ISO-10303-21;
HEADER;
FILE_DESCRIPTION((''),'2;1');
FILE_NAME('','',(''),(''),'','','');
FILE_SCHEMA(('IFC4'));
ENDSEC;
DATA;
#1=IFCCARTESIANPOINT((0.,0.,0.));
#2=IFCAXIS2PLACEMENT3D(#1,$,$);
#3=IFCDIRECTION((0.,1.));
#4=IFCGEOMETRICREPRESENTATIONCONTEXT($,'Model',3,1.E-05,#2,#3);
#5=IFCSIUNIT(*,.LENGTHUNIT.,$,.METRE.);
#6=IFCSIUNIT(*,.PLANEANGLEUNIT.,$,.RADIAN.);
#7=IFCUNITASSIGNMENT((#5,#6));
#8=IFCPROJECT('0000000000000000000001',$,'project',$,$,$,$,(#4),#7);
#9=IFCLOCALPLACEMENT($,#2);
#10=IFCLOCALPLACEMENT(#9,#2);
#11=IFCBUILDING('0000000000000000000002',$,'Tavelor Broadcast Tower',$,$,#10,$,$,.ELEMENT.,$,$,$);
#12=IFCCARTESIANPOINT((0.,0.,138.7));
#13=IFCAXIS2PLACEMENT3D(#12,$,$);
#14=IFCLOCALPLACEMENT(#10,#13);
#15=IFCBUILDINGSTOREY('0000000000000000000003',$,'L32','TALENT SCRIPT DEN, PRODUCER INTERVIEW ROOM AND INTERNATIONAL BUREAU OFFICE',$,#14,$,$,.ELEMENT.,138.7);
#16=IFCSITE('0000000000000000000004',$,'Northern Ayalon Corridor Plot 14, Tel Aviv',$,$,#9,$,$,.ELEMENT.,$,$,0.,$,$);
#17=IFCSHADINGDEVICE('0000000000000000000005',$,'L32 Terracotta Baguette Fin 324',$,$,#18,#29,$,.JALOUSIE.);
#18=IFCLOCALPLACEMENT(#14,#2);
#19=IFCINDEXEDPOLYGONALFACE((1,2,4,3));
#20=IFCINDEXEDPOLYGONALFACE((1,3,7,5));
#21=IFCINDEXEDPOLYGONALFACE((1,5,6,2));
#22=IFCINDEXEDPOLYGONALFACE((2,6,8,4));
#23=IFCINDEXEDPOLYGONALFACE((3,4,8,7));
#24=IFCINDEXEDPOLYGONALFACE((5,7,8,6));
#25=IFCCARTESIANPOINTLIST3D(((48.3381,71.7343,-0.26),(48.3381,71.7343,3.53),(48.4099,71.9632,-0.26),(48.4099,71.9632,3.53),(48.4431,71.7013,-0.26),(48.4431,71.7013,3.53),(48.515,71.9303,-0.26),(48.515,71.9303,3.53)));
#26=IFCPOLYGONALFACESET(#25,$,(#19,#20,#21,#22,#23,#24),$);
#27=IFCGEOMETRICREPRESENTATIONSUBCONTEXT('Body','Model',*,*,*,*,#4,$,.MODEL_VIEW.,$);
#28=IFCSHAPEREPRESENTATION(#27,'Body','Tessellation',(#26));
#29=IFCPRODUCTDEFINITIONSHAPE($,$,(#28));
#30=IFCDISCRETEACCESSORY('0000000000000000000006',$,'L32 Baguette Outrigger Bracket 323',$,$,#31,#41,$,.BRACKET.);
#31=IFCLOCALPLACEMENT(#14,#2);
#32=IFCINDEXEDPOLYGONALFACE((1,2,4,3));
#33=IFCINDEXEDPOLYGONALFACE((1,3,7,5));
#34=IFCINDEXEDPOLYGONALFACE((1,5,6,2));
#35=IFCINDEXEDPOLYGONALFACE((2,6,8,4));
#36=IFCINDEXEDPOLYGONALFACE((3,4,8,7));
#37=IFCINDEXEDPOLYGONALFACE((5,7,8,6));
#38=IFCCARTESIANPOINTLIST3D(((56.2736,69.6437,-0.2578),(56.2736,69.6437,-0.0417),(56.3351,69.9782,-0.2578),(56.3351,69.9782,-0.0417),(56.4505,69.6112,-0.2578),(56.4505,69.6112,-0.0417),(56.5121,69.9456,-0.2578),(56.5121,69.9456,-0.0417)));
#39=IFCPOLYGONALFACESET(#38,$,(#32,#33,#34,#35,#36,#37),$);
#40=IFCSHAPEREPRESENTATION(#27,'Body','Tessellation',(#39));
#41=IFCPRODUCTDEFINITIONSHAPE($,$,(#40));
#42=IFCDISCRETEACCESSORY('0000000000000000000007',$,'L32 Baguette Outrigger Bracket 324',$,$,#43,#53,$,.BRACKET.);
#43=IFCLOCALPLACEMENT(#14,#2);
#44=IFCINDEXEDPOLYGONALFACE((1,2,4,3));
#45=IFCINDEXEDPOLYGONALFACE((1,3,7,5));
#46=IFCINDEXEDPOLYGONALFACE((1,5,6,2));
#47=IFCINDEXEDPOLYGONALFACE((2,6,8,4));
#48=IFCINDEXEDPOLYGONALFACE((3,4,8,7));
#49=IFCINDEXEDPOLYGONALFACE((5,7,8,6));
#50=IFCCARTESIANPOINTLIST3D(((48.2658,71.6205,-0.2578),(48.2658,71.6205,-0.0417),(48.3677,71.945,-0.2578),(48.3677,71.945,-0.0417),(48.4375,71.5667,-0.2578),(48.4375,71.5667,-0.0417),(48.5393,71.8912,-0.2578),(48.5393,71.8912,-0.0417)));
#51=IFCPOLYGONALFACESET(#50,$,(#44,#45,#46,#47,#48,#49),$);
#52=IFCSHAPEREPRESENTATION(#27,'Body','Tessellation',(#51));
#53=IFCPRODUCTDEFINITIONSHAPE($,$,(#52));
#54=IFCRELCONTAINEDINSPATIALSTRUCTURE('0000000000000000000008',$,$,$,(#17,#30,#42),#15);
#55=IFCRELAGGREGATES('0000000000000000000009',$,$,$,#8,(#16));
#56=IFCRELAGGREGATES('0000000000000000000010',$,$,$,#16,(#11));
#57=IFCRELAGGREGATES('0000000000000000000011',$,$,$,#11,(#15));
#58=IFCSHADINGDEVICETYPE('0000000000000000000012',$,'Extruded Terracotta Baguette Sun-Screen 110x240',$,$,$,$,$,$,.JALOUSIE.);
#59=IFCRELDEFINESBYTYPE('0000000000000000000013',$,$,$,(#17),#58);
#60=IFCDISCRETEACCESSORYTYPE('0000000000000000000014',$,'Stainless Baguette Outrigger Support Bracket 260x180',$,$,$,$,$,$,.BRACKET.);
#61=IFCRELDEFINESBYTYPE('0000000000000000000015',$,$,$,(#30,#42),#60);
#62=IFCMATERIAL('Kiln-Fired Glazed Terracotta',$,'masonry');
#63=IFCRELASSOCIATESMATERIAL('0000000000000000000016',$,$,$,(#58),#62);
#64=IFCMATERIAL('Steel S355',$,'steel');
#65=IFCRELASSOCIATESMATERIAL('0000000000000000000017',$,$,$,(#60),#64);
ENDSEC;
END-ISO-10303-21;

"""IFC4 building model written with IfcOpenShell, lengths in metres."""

from ifc_helpers import new_model, si_unit, direction, frame, origin, origin_2d, place, context, subcontext, project, spatial, rectangle, extrude, source, transform, mapped, material, type_object, type_shapes, element, save


model = new_model("IFC4")

# Units and contexts
model_context = context("Model", 3, precision=1e-05, world=origin(), true_north=direction((0.0, 1.0)))
body_context = subcontext(model_context, "Body", "Model", "MODEL_VIEW")
ifc_project = project(units=[si_unit("LENGTHUNIT", "METRE"), si_unit("PLANEANGLEUNIT", "RADIAN")], contexts=[model_context])

# Site, building, storey
site_placement = place(None, origin())
site = spatial("IfcSite", under=ifc_project, at=site_placement, Name="Northern Ayalon Corridor Plot 14, Tel Aviv", CompositionType="ELEMENT", RefElevation=0.0)
building_placement = place(site_placement, origin())
building = spatial("IfcBuilding", under=site, at=building_placement, Name="Tavelor Broadcast Tower", CompositionType="ELEMENT")
storey_placement = place(building_placement, frame((0.0, 0.0, 138.7)))
storey = spatial("IfcBuildingStorey", under=building, at=storey_placement, Name="L32", Description="TALENT SCRIPT DEN, PRODUCER INTERVIEW ROOM AND INTERNATIONAL BUREAU OFFICE", CompositionType="ELEMENT", Elevation=138.7)

# Shared definitions
ifc_material_1 = material(Name="Steel S355", Category="steel")

# Shading device
ifc_material_2 = material(Name="Kiln-Fired Glazed Terracotta", Category="masonry")
shading_device_type = type_object("IfcShadingDeviceType", Name="Extruded Terracotta Baguette Sun-Screen 110x240", PredefinedType="JALOUSIE", material=ifc_material_2)
shared_shape_1 = source(origin(), body_context, "Body", "SweptSolid", [
    extrude(rectangle(XDim=0.1101, YDim=0.24, at=origin_2d()), origin(), (0.0, 0.0, 1.0), 3.79),
])
type_shapes(shading_device_type, [shared_shape_1])
for number, where, z_axis, x_axis, name in (
    (1, (48.4265, 71.8323, -0.26), (0.0, 0.0, 1.0), (-0.954136, 0.299374, 0.0), "L32 Terracotta Baguette Fin 324"),
):
    element("IfcShadingDevice", number, at=place(storey_placement, frame(where, z_axis=z_axis, x_axis=x_axis)), inside=storey, type_object=shading_device_type, Name=name, PredefinedType="JALOUSIE", context=body_context, shape_type="MappedRepresentation", body=[
        mapped(shared_shape_1, transform((0.0, 0.0, 0.0), scale=1.0)),
    ])

# Discrete accessories
discrete_accessory_type = type_object("IfcDiscreteAccessoryType", Name="Stainless Baguette Outrigger Support Bracket 260x180", PredefinedType="BRACKET", material=ifc_material_1)
shared_shape_2 = source(origin(), body_context, "Body", "SweptSolid", [
    extrude(rectangle(XDim=0.1799, YDim=0.3401, at=origin_2d()), origin(), (0.0, 0.0, 1.0), 0.2161),
])
type_shapes(discrete_accessory_type, [shared_shape_2])
for number, where, z_axis, x_axis, name in (
    (2, (56.3928, 69.7947, -0.2578), (0.0, 0.0, 1.0), (-0.983477, 0.181034, 0.0), "L32 Baguette Outrigger Bracket 323"),
    (3, (48.4026, 71.7559, -0.2578), (0.0, 0.0, 1.0), (-0.954136, 0.299374, 0.0), "L32 Baguette Outrigger Bracket 324"),
):
    element("IfcDiscreteAccessory", number, at=place(storey_placement, frame(where, z_axis=z_axis, x_axis=x_axis)), inside=storey, type_object=discrete_accessory_type, Name=name, PredefinedType="BRACKET", context=body_context, shape_type="MappedRepresentation", body=[
        mapped(shared_shape_2, transform((0.0, 0.0, 0.0), scale=1.0)),
    ])

save(model, "model.ifc")
